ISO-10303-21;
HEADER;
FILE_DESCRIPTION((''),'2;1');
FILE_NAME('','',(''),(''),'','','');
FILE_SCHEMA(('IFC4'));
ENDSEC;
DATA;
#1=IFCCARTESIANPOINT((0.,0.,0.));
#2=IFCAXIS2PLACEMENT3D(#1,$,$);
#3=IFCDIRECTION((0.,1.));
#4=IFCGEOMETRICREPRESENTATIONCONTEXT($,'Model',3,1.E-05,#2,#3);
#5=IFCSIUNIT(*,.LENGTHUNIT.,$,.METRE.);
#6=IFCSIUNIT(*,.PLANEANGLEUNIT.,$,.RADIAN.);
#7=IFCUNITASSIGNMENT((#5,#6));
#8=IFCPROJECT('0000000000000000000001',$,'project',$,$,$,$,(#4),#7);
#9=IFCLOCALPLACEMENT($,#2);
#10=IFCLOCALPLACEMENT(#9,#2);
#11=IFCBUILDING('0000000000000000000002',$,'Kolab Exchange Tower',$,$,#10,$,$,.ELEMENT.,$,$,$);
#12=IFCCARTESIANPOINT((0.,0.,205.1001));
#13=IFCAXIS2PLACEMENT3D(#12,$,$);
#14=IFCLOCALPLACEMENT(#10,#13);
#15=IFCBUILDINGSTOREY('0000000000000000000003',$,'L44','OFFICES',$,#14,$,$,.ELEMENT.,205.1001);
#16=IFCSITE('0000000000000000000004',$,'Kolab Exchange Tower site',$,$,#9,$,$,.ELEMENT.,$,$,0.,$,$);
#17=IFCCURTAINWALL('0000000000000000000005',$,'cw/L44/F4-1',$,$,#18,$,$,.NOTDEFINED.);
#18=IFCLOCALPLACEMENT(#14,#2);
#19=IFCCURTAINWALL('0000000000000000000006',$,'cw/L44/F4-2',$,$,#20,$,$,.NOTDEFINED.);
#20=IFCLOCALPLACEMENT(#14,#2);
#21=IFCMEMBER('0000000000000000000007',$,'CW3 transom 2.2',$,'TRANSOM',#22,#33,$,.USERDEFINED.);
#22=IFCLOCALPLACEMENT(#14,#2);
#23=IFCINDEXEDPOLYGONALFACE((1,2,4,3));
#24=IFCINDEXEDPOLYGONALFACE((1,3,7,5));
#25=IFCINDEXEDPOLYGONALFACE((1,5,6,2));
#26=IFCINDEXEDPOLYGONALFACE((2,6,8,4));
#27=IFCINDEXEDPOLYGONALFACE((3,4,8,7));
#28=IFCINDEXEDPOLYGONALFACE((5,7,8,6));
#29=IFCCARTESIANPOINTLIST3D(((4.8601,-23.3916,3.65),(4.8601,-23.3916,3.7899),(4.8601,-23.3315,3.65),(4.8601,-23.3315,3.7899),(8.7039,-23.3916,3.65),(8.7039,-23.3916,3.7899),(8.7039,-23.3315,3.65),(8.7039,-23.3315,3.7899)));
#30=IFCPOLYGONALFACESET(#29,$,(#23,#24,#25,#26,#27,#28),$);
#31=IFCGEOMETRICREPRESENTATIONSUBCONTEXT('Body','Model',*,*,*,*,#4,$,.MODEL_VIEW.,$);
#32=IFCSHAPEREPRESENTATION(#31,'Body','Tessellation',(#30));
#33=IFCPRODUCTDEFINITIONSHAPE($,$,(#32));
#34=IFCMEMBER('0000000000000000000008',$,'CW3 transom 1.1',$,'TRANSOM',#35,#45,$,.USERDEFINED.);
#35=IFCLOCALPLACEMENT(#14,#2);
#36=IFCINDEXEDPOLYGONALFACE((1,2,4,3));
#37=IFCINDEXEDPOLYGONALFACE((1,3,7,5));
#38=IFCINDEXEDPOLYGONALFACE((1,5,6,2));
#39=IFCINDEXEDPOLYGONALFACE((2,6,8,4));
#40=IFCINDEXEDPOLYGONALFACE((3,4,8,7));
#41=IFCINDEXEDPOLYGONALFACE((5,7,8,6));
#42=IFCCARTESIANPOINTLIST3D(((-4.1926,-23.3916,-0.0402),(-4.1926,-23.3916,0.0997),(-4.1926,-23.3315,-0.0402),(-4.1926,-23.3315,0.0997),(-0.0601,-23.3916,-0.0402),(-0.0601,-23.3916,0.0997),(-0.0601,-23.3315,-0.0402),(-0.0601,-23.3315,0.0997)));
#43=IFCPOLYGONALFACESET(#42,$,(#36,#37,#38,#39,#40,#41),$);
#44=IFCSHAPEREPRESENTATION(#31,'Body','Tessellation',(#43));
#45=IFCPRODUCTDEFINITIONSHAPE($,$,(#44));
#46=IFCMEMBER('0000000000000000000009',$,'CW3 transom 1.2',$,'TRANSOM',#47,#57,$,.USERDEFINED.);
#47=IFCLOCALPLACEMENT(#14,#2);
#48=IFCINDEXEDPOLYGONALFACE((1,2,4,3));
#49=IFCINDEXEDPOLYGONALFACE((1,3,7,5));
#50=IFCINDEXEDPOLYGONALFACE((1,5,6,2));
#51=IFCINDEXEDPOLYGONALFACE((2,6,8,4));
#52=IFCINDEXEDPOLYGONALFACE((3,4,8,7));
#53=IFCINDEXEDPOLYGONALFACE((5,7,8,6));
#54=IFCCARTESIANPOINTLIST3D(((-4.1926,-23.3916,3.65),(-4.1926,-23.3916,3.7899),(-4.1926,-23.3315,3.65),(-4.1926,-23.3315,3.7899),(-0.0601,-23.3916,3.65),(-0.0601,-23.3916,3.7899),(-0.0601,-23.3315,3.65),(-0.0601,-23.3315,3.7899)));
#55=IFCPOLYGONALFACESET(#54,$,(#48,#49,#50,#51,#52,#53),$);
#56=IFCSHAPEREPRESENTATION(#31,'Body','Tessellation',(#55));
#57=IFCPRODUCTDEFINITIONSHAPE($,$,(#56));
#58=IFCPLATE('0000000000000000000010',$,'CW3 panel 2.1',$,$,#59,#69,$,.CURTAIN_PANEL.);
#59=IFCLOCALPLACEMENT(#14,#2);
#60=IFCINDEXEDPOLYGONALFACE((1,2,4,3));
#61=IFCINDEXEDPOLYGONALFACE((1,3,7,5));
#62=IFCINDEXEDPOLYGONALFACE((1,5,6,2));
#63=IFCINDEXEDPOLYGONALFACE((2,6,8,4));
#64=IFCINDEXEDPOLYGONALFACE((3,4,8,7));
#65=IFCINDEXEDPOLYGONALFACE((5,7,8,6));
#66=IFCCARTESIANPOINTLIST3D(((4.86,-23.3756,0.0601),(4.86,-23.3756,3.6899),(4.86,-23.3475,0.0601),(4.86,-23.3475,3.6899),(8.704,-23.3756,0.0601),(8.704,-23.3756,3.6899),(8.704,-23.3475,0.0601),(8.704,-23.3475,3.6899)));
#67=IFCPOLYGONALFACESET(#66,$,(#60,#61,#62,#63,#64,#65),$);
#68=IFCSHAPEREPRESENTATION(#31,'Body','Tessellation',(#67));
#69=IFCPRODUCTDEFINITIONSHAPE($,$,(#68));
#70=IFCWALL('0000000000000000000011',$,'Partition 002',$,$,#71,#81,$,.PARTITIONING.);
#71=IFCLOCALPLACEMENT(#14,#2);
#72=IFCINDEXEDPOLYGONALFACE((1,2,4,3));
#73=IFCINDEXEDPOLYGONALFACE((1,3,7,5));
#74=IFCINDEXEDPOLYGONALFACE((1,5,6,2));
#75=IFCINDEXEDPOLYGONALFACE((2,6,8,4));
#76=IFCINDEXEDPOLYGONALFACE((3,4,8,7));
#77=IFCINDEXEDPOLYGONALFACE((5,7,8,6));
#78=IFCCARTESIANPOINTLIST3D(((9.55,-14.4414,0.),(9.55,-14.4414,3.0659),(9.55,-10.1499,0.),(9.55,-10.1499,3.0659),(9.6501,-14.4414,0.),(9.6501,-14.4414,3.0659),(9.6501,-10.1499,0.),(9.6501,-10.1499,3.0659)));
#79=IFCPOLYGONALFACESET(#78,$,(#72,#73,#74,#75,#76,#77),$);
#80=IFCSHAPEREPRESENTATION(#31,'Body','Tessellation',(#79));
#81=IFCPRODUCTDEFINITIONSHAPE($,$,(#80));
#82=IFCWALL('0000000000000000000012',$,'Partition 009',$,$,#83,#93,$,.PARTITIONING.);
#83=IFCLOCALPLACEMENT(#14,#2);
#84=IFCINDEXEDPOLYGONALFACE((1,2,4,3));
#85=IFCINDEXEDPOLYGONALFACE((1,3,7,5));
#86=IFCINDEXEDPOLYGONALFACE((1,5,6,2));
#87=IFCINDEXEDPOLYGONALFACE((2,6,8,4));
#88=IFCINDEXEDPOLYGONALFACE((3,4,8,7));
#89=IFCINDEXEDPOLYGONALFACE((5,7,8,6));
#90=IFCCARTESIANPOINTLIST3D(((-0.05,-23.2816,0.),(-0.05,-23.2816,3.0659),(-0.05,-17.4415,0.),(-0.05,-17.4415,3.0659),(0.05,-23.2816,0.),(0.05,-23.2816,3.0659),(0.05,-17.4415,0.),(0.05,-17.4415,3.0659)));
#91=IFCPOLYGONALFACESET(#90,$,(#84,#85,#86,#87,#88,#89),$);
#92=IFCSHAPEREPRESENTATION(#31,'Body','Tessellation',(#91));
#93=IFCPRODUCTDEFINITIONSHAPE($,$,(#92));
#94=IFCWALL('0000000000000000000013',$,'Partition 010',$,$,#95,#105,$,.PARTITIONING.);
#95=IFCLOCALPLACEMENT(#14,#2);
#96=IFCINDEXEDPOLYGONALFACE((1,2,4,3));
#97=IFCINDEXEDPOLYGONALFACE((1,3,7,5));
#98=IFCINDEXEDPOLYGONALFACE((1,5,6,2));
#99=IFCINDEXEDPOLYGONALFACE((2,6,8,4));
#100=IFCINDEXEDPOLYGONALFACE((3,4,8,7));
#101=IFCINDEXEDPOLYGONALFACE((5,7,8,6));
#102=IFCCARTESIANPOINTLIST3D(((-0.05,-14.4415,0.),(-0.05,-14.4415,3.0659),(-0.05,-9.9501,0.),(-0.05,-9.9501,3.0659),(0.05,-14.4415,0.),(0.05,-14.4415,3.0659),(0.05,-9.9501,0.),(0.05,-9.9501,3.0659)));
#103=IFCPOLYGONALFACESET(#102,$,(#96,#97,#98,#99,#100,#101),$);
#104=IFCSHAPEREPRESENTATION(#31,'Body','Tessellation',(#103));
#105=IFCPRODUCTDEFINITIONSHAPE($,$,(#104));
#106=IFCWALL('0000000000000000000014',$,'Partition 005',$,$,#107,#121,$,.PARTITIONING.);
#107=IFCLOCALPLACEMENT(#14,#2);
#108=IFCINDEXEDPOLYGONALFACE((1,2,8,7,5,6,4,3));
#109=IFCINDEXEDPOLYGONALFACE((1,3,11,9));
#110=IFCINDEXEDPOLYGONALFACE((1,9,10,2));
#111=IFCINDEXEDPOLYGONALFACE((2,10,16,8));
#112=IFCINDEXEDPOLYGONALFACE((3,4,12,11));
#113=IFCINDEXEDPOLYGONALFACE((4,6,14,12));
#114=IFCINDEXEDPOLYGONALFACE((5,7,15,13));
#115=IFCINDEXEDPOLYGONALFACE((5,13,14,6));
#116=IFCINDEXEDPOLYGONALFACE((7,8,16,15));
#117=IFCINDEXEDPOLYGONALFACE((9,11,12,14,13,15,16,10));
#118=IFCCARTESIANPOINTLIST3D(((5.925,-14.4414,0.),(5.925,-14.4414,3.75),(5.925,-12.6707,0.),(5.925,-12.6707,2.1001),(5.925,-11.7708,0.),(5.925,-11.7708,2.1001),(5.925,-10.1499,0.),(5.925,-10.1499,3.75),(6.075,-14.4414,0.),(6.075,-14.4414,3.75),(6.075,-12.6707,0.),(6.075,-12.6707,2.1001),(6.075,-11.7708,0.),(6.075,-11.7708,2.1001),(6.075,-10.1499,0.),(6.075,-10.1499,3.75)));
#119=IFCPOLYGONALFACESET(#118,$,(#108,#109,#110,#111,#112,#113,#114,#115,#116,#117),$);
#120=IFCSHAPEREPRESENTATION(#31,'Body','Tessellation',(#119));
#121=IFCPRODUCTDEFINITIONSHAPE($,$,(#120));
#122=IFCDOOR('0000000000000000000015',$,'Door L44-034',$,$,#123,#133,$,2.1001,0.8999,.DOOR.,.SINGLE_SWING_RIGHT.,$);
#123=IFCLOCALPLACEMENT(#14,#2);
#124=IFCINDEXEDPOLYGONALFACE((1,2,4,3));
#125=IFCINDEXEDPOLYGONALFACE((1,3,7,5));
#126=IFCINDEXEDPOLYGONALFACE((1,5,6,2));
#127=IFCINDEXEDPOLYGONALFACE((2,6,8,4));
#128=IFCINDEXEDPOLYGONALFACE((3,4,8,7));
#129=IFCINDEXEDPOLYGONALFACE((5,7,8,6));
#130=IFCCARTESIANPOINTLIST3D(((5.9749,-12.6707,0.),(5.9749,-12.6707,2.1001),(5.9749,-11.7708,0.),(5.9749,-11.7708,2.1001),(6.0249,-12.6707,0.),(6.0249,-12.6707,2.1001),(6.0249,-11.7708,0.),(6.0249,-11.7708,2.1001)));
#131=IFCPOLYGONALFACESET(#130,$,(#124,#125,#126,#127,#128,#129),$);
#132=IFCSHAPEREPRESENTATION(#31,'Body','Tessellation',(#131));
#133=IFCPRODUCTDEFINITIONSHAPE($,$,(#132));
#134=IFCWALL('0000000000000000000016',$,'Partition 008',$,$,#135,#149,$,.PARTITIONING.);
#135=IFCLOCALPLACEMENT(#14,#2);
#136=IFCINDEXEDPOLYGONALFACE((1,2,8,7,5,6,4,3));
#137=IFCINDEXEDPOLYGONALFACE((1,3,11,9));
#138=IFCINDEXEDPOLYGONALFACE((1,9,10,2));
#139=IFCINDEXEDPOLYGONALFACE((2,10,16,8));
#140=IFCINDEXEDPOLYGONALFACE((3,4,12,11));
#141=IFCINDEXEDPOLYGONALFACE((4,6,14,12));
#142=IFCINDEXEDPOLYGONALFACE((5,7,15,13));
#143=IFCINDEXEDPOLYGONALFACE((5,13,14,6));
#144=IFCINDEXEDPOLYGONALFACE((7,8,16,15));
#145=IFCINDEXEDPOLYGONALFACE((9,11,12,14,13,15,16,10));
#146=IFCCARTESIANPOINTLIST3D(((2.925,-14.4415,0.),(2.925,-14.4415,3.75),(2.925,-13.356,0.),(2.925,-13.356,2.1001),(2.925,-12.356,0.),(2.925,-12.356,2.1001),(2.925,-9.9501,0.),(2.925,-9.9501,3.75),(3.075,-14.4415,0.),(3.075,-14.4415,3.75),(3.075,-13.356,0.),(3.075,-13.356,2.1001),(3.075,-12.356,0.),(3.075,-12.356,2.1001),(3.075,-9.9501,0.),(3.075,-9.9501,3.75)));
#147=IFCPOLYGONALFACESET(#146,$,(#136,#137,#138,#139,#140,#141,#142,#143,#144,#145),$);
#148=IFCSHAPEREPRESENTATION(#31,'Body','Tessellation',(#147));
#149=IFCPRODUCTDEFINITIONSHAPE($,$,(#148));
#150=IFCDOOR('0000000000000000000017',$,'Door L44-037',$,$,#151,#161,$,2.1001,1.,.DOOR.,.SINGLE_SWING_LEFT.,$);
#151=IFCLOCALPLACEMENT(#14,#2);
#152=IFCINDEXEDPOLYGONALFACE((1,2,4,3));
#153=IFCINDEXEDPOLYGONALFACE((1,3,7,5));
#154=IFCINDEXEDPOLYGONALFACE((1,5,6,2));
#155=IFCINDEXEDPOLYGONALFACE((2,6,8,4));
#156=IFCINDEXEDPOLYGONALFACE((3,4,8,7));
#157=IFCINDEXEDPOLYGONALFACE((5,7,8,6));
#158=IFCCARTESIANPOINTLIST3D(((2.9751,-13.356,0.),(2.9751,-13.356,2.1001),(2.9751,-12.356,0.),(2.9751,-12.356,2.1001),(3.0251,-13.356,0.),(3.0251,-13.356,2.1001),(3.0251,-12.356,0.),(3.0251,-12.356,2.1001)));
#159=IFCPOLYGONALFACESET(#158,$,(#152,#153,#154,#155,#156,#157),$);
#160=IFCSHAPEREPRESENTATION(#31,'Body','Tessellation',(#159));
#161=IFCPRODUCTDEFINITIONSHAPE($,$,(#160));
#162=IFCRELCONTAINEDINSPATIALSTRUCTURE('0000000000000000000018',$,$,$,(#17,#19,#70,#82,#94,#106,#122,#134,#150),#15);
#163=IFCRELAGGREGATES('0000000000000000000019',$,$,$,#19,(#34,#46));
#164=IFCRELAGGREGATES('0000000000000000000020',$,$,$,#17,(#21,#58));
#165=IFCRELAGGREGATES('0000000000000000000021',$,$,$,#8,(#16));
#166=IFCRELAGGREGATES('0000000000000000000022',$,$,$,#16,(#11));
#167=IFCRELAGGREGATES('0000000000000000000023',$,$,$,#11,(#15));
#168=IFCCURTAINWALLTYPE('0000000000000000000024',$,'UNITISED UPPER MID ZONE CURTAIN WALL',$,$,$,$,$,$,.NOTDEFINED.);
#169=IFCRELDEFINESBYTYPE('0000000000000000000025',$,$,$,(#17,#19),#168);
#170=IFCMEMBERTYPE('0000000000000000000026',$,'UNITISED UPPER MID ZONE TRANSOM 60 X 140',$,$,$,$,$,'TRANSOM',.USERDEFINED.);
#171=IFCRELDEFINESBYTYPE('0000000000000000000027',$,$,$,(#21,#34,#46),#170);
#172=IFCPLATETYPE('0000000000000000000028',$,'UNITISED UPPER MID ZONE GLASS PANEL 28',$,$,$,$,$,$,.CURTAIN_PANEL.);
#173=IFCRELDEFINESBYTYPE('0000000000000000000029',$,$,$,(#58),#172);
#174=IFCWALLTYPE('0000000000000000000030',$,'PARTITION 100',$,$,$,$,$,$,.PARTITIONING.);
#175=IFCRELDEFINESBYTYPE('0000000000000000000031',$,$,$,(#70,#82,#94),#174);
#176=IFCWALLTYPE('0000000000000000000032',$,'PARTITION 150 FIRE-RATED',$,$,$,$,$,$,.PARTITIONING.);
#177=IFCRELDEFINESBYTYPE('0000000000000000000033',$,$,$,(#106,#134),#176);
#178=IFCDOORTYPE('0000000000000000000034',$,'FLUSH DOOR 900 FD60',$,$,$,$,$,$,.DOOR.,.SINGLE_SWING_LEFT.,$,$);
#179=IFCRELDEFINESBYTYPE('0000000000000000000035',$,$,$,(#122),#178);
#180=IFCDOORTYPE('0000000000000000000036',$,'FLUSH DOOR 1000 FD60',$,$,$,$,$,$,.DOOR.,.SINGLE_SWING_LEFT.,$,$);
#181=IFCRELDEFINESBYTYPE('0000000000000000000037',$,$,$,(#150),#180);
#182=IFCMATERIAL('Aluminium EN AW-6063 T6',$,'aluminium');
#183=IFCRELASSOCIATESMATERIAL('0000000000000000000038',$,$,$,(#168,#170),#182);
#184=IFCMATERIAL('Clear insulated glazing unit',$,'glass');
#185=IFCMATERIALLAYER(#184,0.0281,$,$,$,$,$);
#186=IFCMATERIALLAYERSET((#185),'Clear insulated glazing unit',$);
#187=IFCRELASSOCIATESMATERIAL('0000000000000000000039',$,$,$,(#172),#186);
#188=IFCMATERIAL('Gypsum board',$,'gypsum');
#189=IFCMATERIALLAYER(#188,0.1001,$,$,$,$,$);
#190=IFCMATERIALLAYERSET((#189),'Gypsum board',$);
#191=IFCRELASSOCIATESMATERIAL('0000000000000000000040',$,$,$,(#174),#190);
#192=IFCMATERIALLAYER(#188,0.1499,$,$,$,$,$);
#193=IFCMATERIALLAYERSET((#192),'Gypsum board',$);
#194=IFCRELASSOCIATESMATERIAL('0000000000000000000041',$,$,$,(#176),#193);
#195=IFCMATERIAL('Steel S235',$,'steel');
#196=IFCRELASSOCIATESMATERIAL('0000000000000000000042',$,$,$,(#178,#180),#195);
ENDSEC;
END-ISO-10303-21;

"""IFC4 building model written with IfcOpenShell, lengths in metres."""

from ifc_helpers import new_model, si_unit, direction, frame, frame_2d, origin, origin_2d, place, context, subcontext, project, spatial, rectangle, extrude, material, layer, layer_set, material_profile, profile_set, type_object, element, fill, aggregate, save


model = new_model("IFC4")

# Units and contexts
model_context = context("Model", 3, precision=1e-05, world=origin(), true_north=direction((0.0, 1.0)))
body_context = subcontext(model_context, "Body", "Model", "MODEL_VIEW")
ifc_project = project(units=[si_unit("LENGTHUNIT", "METRE"), si_unit("PLANEANGLEUNIT", "RADIAN")], contexts=[model_context])

# Site, building, storey
site_placement = place(None, origin())
site = spatial("IfcSite", under=ifc_project, at=site_placement, Name="Kolab Exchange Tower site", CompositionType="ELEMENT", RefElevation=0.0)
building_placement = place(site_placement, origin())
building = spatial("IfcBuilding", under=site, at=building_placement, Name="Kolab Exchange Tower", CompositionType="ELEMENT")
storey_placement = place(building_placement, frame((0.0, 0.0, 205.1001)))
storey = spatial("IfcBuildingStorey", under=building, at=storey_placement, Name="L44", Description="OFFICES", CompositionType="ELEMENT", Elevation=205.1001)

# Curtain wall
ifc_material_1 = material(Name="Aluminium EN AW-6063 T6", Category="aluminium")
curtain_wall_type = type_object("IfcCurtainWallType", Name="UNITISED UPPER MID ZONE CURTAIN WALL", PredefinedType="NOTDEFINED", material=ifc_material_1)
curtain_wall_1_placement = place(storey_placement, origin())
curtain_wall_1 = element("IfcCurtainWall", 1, at=curtain_wall_1_placement, inside=storey, type_object=curtain_wall_type, Name="cw/L44/F4-1", PredefinedType="NOTDEFINED")

# Curtain wall
curtain_wall_2_placement = place(storey_placement, origin())
curtain_wall_2 = element("IfcCurtainWall", 2, at=curtain_wall_2_placement, inside=storey, type_object=curtain_wall_type, Name="cw/L44/F4-2", PredefinedType="NOTDEFINED")

# Members
ifc_material_profile_1 = material_profile(ifc_material_1, rectangle(XDim=0.0601, YDim=0.1399, at=origin_2d()), Name="RECT 60X140")
ifc_profile_set_1 = profile_set([ifc_material_profile_1], Name="Aluminium EN AW-6063 T6")
member_type_1 = type_object("IfcMemberType", Name="UNITISED UPPER MID ZONE TRANSOM 60 X 140", ElementType="TRANSOM", PredefinedType="USERDEFINED", material=ifc_profile_set_1)
member_1_placement = place(storey_placement, frame((8.7039, -23.3616, 3.72), z_axis=(-1.0, 0.0, 0.0), x_axis=(0.0, -1.0, 0.0)))
member_1 = element("IfcMember", 3, at=member_1_placement, type_object=member_type_1, Name="CW3 transom 2.2", ObjectType="TRANSOM", PredefinedType="USERDEFINED", context=body_context, shape_type="SweptSolid", body=[
    extrude(rectangle(XDim=0.0601, YDim=0.1399, at=origin_2d()), origin(), (0.0, 0.0, 1.0), 3.8438),
])
member_2_placement = place(storey_placement, frame((-0.0601, -23.3616, 0.0298), z_axis=(-1.0, 0.0, 0.0), x_axis=(0.0, -1.0, 0.0)))
member_2 = element("IfcMember", 4, at=member_2_placement, type_object=member_type_1, Name="CW3 transom 1.1", ObjectType="TRANSOM", PredefinedType="USERDEFINED", context=body_context, shape_type="SweptSolid", body=[
    extrude(rectangle(XDim=0.0601, YDim=0.1399, at=origin_2d()), origin(), (0.0, 0.0, 1.0), 4.1326),
])
member_3_placement = place(storey_placement, frame((-0.0601, -23.3616, 3.72), z_axis=(-1.0, 0.0, 0.0), x_axis=(0.0, -1.0, 0.0)))
member_3 = element("IfcMember", 5, at=member_3_placement, type_object=member_type_1, Name="CW3 transom 1.2", ObjectType="TRANSOM", PredefinedType="USERDEFINED", context=body_context, shape_type="SweptSolid", body=[
    extrude(rectangle(XDim=0.0601, YDim=0.1399, at=origin_2d()), origin(), (0.0, 0.0, 1.0), 4.1326),
])
aggregate(curtain_wall_2, [member_2, member_3])

# Plate
ifc_material_2 = material(Name="Clear insulated glazing unit", Category="glass")
ifc_layer_1 = layer(ifc_material_2, 0.0281)
ifc_layer_set_1 = layer_set([ifc_layer_1], Name="Clear insulated glazing unit")
plate_type = type_object("IfcPlateType", Name="UNITISED UPPER MID ZONE GLASS PANEL 28", PredefinedType="CURTAIN_PANEL", material=ifc_layer_set_1)
plate_placement = place(storey_placement, frame((6.782, -23.3616, 0.0601), z_axis=(0.0, 0.0, 1.0), x_axis=(-1.0, 0.0, 0.0)))
plate = element("IfcPlate", 6, at=plate_placement, type_object=plate_type, Name="CW3 panel 2.1", PredefinedType="CURTAIN_PANEL", context=body_context, shape_type="SweptSolid", body=[
    extrude(rectangle(XDim=3.844, YDim=0.0281, at=origin_2d()), origin(), (0.0, 0.0, 1.0), 3.6299),
])
aggregate(curtain_wall_1, [member_1, plate])

# Walls
ifc_material_3 = material(Name="Gypsum board", Category="gypsum")
ifc_layer_2 = layer(ifc_material_3, 0.1001)
ifc_layer_set_2 = layer_set([ifc_layer_2], Name="Gypsum board")
wall_type_1 = type_object("IfcWallType", Name="PARTITION 100", PredefinedType="PARTITIONING", material=ifc_layer_set_2)
wall_1_placement = place(storey_placement, frame((9.6001, -14.4414, 0.0), z_axis=(0.0, 0.0, 1.0), x_axis=(0.0, 1.0, 0.0)))
element("IfcWall", 7, at=wall_1_placement, inside=storey, type_object=wall_type_1, Name="Partition 002", PredefinedType="PARTITIONING", context=body_context, shape_type="SweptSolid", body=[
    extrude(rectangle(XDim=4.2915, YDim=0.1001, at=frame_2d((2.1458, 0.0))), origin(), (0.0, 0.0, 1.0), 3.0659),
])
wall_2_placement = place(storey_placement, frame((0.0, -23.2815, 0.0), z_axis=(0.0, 0.0, 1.0), x_axis=(0.0, 1.0, 0.0)))
element("IfcWall", 8, at=wall_2_placement, inside=storey, type_object=wall_type_1, Name="Partition 009", PredefinedType="PARTITIONING", context=body_context, shape_type="SweptSolid", body=[
    extrude(rectangle(XDim=5.8401, YDim=0.1001, at=frame_2d((2.9199, 0.0))), origin(), (0.0, 0.0, 1.0), 3.0659),
])
wall_3_placement = place(storey_placement, frame((0.0, -14.4414, 0.0), z_axis=(0.0, 0.0, 1.0), x_axis=(0.0, 1.0, 0.0)))
element("IfcWall", 9, at=wall_3_placement, inside=storey, type_object=wall_type_1, Name="Partition 010", PredefinedType="PARTITIONING", context=body_context, shape_type="SweptSolid", body=[
    extrude(rectangle(XDim=4.4915, YDim=0.1001, at=frame_2d((2.2456, 0.0))), origin(), (0.0, 0.0, 1.0), 3.0659),
])

# Walls, openings, doors
ifc_layer_3 = layer(ifc_material_3, 0.1499)
ifc_layer_set_3 = layer_set([ifc_layer_3], Name="Gypsum board")
wall_type_2 = type_object("IfcWallType", Name="PARTITION 150 FIRE-RATED", PredefinedType="PARTITIONING", material=ifc_layer_set_3)
wall_4_placement = place(storey_placement, frame((6.0, -14.4414, 0.0), z_axis=(0.0, 0.0, 1.0), x_axis=(0.0, 1.0, 0.0)))
wall_4 = element("IfcWall", 10, at=wall_4_placement, inside=storey, type_object=wall_type_2, Name="Partition 005", PredefinedType="PARTITIONING", context=body_context, shape_type="SweptSolid", body=[
    extrude(rectangle(XDim=4.2915, YDim=0.1499, at=frame_2d((2.1458, 0.0))), origin(), (0.0, 0.0, 1.0), 3.75),
])
opening_1_placement = place(wall_4_placement, frame((1.7708, 0.0, 0.0)))
opening_1 = element("IfcOpeningElement", 11, at=opening_1_placement, cuts=wall_4, PredefinedType="OPENING", context=body_context, shape_type="SweptSolid", body=[
    extrude(rectangle(XDim=0.8999, YDim=2.1001, at=frame_2d((0.45, 1.05))), frame((0.0, 0.085, 0.0), z_axis=(0.0, -1.0, 0.0), x_axis=(1.0, 0.0, 0.0)), (0.0, 0.0, 1.0), 0.1699),
])
ifc_material_4 = material(Name="Steel S235", Category="steel")
door_type_1 = type_object("IfcDoorType", Name="FLUSH DOOR 900 FD60", OperationType="SINGLE_SWING_LEFT", PredefinedType="DOOR", material=ifc_material_4)
door_1_placement = place(opening_1_placement, frame((0.8999, 0.0, 0.0), z_axis=(0.0, 0.0, 1.0), x_axis=(-1.0, 0.0, 0.0)))
door_1 = element("IfcDoor", 12, at=door_1_placement, inside=storey, type_object=door_type_1, Name="Door L44-034", OperationType="SINGLE_SWING_RIGHT", OverallHeight=2.1001, OverallWidth=0.8999, PredefinedType="DOOR", context=body_context, shape_type="SweptSolid", body=[
    extrude(rectangle(XDim=0.8999, YDim=2.1001, at=frame_2d((0.45, 1.05))), frame((0.0, 0.0249, 0.0), z_axis=(0.0, -1.0, 0.0), x_axis=(1.0, 0.0, 0.0)), (0.0, 0.0, 1.0), 0.05),
])
fill(opening_1, door_1)
wall_5_placement = place(storey_placement, frame((3.0, -14.4414, 0.0), z_axis=(0.0, 0.0, 1.0), x_axis=(0.0, 1.0, 0.0)))
wall_5 = element("IfcWall", 13, at=wall_5_placement, inside=storey, type_object=wall_type_2, Name="Partition 008", PredefinedType="PARTITIONING", context=body_context, shape_type="SweptSolid", body=[
    extrude(rectangle(XDim=4.4915, YDim=0.1499, at=frame_2d((2.2456, 0.0))), origin(), (0.0, 0.0, 1.0), 3.75),
])
opening_2_placement = place(wall_5_placement, frame((1.0854, 0.0, 0.0)))
opening_2 = element("IfcOpeningElement", 14, at=opening_2_placement, cuts=wall_5, PredefinedType="OPENING", context=body_context, shape_type="SweptSolid", body=[
    extrude(rectangle(XDim=1.0, YDim=2.1001, at=frame_2d((0.5, 1.05))), frame((0.0, 0.085, 0.0), z_axis=(0.0, -1.0, 0.0), x_axis=(1.0, 0.0, 0.0)), (0.0, 0.0, 1.0), 0.1699),
])
door_type_2 = type_object("IfcDoorType", Name="FLUSH DOOR 1000 FD60", OperationType="SINGLE_SWING_LEFT", PredefinedType="DOOR", material=ifc_material_4)
door_2_placement = place(opening_2_placement, origin())
door_2 = element("IfcDoor", 15, at=door_2_placement, inside=storey, type_object=door_type_2, Name="Door L44-037", OperationType="SINGLE_SWING_LEFT", OverallHeight=2.1001, OverallWidth=1.0, PredefinedType="DOOR", context=body_context, shape_type="SweptSolid", body=[
    extrude(rectangle(XDim=1.0, YDim=2.1001, at=frame_2d((0.5, 1.05))), frame((0.0, 0.0249, 0.0), z_axis=(0.0, -1.0, 0.0), x_axis=(1.0, 0.0, 0.0)), (0.0, 0.0, 1.0), 0.05),
])
fill(opening_2, door_2)

save(model, "model.ifc")
